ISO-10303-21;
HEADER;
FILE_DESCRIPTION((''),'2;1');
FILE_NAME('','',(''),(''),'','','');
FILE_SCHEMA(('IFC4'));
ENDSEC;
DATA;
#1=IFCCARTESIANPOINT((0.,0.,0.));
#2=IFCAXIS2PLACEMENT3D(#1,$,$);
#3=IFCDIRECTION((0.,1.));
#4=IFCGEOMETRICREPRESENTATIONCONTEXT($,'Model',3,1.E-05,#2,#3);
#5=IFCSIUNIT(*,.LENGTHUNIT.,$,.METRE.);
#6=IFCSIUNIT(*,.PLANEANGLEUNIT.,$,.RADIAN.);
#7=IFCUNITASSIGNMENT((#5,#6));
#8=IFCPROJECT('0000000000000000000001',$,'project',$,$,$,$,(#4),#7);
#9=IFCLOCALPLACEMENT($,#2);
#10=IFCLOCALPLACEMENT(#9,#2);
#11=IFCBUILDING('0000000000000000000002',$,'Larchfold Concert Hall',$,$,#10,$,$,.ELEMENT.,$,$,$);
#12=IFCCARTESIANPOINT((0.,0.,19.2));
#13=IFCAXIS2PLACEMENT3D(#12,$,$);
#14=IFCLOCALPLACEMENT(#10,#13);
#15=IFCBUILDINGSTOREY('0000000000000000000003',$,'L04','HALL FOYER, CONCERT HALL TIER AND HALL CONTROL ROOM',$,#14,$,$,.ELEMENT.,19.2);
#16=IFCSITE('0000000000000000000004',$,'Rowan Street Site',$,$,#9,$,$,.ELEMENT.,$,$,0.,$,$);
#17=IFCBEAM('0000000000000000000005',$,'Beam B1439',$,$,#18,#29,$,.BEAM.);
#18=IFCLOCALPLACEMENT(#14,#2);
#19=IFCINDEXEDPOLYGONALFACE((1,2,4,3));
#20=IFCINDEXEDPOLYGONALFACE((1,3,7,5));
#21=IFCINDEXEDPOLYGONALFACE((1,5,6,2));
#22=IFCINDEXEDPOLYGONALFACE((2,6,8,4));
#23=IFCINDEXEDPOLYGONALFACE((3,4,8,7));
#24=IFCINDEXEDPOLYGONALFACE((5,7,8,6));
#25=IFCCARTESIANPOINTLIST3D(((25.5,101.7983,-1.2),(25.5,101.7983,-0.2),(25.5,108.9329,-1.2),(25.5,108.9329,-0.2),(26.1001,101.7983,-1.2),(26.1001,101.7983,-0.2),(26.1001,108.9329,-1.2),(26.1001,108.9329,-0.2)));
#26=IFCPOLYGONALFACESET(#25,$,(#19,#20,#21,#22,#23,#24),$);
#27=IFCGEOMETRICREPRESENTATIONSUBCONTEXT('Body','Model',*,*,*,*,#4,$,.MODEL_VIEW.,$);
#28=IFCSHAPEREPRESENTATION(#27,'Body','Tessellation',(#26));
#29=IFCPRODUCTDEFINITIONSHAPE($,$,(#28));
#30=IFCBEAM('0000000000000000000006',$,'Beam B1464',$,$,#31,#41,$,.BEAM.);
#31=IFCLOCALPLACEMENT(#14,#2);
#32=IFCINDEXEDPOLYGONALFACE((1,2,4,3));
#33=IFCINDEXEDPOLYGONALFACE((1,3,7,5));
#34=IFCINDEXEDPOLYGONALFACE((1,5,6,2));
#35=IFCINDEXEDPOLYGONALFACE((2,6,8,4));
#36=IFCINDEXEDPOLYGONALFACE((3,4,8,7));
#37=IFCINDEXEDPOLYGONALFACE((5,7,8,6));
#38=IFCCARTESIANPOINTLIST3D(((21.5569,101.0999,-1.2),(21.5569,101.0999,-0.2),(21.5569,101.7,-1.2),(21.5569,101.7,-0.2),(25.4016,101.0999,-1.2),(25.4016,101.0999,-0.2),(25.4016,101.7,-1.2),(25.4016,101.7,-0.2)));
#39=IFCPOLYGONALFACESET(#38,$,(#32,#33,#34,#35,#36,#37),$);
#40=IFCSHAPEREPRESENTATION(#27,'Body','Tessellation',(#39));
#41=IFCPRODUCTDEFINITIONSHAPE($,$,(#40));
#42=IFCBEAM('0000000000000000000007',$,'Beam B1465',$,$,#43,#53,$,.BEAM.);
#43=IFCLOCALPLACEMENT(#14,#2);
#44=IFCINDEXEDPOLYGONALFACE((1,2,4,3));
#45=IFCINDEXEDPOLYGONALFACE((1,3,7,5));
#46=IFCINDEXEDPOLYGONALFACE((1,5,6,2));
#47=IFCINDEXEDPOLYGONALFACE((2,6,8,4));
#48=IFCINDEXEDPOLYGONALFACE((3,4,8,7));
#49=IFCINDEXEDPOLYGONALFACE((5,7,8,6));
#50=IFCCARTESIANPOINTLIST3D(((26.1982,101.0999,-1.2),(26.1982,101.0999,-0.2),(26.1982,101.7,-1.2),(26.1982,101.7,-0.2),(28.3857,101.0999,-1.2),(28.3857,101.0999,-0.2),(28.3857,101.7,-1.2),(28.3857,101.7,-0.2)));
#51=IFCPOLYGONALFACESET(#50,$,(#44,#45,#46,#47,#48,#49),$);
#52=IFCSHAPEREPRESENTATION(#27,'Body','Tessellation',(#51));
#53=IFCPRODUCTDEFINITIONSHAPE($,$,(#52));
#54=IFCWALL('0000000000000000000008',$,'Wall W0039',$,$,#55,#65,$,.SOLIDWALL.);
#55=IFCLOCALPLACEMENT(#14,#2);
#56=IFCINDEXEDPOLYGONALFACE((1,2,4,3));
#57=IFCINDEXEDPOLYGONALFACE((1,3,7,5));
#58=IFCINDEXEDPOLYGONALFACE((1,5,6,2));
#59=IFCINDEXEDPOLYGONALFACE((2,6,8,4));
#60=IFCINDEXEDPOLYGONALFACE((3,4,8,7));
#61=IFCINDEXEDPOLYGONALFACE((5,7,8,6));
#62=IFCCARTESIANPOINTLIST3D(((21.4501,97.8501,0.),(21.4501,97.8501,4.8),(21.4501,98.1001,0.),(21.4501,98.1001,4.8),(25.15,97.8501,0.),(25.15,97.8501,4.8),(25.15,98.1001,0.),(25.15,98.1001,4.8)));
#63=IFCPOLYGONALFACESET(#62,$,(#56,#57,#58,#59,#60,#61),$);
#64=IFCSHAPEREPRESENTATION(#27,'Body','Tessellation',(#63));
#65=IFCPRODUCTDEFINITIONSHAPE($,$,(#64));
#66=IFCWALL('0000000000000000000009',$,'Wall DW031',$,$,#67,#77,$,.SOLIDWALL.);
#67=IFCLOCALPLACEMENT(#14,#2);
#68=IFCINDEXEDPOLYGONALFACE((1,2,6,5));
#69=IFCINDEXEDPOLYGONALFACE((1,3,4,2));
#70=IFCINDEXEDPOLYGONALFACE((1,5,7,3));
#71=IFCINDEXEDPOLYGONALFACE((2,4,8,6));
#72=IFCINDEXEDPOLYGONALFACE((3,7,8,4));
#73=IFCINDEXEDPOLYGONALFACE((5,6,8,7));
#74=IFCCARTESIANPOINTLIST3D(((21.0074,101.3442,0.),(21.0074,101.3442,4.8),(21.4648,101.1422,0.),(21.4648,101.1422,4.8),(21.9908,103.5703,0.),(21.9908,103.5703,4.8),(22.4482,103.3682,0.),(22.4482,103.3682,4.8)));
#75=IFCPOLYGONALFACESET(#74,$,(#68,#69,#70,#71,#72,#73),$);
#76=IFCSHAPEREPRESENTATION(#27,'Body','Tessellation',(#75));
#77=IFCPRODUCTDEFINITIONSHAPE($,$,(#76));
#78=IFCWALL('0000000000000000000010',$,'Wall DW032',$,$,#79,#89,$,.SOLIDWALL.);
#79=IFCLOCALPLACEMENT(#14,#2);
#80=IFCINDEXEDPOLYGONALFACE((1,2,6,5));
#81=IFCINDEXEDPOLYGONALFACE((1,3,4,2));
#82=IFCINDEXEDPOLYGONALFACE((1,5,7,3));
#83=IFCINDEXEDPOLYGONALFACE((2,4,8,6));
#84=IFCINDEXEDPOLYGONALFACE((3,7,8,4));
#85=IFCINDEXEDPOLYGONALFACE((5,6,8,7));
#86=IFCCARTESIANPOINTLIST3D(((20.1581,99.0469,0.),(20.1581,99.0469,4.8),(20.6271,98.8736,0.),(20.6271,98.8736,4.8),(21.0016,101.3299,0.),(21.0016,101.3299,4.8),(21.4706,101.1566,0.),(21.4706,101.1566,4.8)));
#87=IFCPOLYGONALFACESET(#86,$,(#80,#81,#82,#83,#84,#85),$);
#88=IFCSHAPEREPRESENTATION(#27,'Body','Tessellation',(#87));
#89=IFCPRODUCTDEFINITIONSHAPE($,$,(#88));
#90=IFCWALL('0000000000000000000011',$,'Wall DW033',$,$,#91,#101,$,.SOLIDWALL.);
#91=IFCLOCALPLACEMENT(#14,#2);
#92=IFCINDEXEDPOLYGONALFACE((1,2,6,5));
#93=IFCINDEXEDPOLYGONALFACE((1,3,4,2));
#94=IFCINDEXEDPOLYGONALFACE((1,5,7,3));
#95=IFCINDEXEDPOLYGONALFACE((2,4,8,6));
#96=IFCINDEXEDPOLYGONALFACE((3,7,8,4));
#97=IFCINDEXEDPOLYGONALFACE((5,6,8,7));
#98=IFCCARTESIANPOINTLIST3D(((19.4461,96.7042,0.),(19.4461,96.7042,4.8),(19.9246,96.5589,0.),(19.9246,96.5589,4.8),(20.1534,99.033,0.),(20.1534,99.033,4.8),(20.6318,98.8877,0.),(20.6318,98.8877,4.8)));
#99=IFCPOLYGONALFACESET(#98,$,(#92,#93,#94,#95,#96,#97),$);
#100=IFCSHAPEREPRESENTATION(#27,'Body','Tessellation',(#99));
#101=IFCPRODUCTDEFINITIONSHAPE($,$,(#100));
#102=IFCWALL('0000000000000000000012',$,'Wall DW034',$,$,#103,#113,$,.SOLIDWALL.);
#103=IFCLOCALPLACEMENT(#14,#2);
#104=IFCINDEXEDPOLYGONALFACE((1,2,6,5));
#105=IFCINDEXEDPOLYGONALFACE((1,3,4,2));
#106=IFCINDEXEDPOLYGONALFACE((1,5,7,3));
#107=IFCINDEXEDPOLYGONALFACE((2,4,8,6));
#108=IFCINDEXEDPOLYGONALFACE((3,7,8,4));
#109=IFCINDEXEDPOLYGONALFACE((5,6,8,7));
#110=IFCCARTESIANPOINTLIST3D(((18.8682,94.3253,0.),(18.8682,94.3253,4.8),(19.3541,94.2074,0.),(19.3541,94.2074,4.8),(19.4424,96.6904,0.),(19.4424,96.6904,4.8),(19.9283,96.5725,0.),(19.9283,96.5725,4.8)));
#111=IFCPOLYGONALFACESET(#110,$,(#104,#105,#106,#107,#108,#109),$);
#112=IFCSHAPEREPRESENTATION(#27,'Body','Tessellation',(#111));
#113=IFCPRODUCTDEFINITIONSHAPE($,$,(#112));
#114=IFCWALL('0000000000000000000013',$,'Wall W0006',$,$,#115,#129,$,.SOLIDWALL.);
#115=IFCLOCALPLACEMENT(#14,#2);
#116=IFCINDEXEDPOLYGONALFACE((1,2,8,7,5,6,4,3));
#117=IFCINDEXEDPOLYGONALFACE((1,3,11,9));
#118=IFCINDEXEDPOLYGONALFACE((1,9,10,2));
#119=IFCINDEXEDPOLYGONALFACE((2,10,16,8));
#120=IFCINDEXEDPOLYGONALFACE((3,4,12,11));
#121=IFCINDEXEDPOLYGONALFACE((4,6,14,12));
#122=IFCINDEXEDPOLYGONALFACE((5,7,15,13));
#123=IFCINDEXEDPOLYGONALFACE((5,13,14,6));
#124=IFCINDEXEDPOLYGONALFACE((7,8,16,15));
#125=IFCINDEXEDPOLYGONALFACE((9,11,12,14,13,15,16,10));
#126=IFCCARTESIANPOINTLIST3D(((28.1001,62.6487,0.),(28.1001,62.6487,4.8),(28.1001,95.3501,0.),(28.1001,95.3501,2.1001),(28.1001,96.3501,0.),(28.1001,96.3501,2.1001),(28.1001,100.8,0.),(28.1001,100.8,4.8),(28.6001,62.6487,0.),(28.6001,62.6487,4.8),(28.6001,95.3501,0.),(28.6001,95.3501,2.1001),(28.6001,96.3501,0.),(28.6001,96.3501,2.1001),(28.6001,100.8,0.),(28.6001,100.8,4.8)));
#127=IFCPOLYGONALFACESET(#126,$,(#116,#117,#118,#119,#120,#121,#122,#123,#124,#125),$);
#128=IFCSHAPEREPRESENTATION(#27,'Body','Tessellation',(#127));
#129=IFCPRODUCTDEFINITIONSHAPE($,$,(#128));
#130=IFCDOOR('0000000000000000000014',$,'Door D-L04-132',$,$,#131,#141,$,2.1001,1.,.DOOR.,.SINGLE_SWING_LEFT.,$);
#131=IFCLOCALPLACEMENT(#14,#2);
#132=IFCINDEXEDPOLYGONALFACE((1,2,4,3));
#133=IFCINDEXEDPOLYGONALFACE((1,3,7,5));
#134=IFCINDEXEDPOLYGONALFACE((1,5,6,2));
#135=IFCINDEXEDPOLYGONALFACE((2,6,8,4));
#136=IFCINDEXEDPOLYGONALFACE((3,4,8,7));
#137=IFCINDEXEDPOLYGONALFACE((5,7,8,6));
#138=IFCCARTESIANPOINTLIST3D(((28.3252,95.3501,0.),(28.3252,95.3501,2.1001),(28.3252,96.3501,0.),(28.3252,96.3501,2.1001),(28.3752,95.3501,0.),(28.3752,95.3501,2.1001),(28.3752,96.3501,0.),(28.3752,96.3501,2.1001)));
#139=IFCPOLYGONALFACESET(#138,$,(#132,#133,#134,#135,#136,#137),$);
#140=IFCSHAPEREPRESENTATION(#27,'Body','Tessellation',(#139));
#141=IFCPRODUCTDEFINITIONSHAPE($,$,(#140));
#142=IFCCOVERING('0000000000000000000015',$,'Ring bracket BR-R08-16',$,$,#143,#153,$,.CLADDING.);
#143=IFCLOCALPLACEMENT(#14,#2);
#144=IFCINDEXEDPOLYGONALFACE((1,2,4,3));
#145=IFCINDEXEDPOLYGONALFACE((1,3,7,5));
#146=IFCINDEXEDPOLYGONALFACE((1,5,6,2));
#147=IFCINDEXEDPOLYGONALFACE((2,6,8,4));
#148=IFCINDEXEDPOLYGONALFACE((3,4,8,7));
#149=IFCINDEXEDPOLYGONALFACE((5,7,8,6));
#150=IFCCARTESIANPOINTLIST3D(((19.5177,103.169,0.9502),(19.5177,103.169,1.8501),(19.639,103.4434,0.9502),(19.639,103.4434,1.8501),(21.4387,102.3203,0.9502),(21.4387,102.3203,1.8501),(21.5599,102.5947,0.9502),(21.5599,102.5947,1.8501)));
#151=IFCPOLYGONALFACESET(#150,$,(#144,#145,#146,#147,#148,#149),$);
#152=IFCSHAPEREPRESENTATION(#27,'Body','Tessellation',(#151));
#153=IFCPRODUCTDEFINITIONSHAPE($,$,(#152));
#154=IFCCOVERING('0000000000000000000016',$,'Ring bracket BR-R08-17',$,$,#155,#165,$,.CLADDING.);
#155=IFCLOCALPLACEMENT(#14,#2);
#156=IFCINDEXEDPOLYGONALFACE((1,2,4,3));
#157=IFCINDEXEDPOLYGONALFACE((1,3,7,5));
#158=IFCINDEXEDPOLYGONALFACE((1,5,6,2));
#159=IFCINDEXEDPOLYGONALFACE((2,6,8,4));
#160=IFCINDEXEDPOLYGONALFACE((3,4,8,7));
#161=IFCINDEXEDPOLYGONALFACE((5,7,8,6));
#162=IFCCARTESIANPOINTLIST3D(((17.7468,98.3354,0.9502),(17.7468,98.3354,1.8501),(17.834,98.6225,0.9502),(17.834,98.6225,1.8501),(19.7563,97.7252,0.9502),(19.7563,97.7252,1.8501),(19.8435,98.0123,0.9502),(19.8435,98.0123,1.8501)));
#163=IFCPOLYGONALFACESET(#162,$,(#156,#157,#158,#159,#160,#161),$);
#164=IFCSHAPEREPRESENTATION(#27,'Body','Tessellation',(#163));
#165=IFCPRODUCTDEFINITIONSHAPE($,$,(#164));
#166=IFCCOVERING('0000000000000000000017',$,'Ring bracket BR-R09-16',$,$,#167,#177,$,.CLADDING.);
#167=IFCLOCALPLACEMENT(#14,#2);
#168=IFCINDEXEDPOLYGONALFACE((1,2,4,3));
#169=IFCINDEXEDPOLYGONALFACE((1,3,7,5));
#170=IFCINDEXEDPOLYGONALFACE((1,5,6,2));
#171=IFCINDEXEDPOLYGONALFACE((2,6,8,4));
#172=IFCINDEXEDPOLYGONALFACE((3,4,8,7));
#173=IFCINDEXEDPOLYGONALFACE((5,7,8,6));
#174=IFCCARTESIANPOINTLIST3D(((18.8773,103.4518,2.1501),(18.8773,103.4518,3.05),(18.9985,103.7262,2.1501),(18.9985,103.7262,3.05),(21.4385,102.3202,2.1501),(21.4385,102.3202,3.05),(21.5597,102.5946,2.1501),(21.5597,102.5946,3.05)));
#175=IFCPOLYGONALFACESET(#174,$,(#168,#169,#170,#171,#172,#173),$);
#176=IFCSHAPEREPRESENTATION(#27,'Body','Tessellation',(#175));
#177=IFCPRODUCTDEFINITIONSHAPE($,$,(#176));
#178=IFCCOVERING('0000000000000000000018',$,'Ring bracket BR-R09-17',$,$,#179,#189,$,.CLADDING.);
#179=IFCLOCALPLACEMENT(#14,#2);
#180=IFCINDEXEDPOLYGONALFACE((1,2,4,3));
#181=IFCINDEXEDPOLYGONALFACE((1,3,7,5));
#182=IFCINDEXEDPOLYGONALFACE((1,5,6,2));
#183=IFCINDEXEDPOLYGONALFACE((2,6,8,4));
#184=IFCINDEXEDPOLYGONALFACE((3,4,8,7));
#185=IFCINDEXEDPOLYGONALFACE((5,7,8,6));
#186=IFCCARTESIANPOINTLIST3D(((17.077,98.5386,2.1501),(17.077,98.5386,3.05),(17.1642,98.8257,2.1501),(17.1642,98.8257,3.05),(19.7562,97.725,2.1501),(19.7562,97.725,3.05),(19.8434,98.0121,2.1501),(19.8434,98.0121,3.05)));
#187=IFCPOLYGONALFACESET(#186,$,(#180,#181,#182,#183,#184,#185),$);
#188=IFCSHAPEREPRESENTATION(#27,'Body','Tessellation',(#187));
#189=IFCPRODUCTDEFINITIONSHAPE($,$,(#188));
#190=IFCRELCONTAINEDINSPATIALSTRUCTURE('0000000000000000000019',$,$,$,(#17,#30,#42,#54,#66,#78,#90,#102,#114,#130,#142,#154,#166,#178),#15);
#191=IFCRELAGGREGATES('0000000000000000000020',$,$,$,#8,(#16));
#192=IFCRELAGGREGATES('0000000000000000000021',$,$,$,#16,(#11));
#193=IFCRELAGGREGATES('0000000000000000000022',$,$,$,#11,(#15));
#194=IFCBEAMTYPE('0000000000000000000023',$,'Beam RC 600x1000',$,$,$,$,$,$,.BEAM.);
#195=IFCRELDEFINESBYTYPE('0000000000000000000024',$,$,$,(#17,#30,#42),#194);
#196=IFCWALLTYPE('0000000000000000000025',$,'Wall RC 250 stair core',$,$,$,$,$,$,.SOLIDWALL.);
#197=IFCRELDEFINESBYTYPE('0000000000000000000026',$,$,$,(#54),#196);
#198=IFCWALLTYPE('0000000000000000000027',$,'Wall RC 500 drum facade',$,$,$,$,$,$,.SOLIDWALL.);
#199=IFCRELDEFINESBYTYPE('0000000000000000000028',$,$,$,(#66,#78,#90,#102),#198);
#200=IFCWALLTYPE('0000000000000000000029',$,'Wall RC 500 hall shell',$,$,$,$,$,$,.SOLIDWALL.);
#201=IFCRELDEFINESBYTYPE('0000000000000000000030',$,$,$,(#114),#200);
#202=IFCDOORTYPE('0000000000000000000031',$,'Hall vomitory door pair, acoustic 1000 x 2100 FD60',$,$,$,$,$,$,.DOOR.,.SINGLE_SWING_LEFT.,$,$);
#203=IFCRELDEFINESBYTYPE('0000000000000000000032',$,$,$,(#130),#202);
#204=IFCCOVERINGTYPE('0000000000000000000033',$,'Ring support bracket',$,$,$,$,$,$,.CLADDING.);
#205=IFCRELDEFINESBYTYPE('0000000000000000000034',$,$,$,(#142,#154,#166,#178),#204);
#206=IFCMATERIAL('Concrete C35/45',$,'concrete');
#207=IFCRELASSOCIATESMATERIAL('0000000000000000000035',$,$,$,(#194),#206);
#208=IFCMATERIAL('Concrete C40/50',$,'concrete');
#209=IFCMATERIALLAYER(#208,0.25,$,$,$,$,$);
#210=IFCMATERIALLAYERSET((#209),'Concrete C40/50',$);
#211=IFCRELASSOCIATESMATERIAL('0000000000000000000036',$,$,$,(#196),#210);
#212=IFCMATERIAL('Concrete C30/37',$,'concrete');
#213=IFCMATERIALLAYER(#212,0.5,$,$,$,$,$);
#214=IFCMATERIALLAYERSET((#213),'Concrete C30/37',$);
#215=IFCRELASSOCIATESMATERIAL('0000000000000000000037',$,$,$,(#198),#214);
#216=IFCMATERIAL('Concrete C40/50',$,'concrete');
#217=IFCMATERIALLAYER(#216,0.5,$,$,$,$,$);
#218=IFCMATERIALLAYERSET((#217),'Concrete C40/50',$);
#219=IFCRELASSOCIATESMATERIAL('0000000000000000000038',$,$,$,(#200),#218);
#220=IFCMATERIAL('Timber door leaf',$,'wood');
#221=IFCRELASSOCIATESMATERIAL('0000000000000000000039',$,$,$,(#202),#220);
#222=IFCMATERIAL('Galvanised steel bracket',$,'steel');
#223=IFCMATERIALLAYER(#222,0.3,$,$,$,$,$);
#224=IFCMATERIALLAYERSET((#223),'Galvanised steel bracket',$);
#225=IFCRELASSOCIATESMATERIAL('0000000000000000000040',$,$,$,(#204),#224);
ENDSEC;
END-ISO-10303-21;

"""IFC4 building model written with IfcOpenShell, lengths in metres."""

from ifc_helpers import new_model, si_unit, direction, frame, frame_2d, origin, origin_2d, place, context, subcontext, project, spatial, rectangle, extrude, material, layer, layer_set, material_profile, profile_set, type_object, element, fill, save


model = new_model("IFC4")

# Units and contexts
model_context = context("Model", 3, precision=1e-05, world=origin(), true_north=direction((0.0, 1.0)))
body_context = subcontext(model_context, "Body", "Model", "MODEL_VIEW")
ifc_project = project(units=[si_unit("LENGTHUNIT", "METRE"), si_unit("PLANEANGLEUNIT", "RADIAN")], contexts=[model_context])

# Site, building, storey
site_placement = place(None, origin())
site = spatial("IfcSite", under=ifc_project, at=site_placement, Name="Rowan Street Site", CompositionType="ELEMENT", RefElevation=0.0)
building_placement = place(site_placement, origin())
building = spatial("IfcBuilding", under=site, at=building_placement, Name="Larchfold Concert Hall", CompositionType="ELEMENT")
storey_placement = place(building_placement, frame((0.0, 0.0, 19.2)))
storey = spatial("IfcBuildingStorey", under=building, at=storey_placement, Name="L04", Description="HALL FOYER, CONCERT HALL TIER AND HALL CONTROL ROOM", CompositionType="ELEMENT", Elevation=19.2)

# Beams
ifc_material_1 = material(Name="Concrete C35/45", Category="concrete")
ifc_material_profile_1 = material_profile(ifc_material_1, rectangle(XDim=0.6001, YDim=1.0, at=origin_2d()))
ifc_profile_set_1 = profile_set([ifc_material_profile_1], Name="Concrete C35/45")
beam_type_1 = type_object("IfcBeamType", Name="Beam RC 600x1000", PredefinedType="BEAM", material=ifc_profile_set_1)
beam_1_placement = place(storey_placement, frame((25.8, 101.7983, -0.7), z_axis=(0.0, 1.0, 0.0), x_axis=(-1.0, 0.0, 0.0)))
element("IfcBeam", 1, at=beam_1_placement, inside=storey, type_object=beam_type_1, Name="Beam B1439", PredefinedType="BEAM", context=body_context, shape_type="SweptSolid", body=[
    extrude(rectangle(XDim=0.6001, YDim=1.0, at=origin_2d()), origin(), (0.0, 0.0, 1.0), 7.1345),
])
beam_2_placement = place(storey_placement, frame((21.5569, 101.3999, -0.7), z_axis=(1.0, 0.0, 0.0), x_axis=(0.0, 1.0, 0.0)))
element("IfcBeam", 2, at=beam_2_placement, inside=storey, type_object=beam_type_1, Name="Beam B1464", PredefinedType="BEAM", context=body_context, shape_type="SweptSolid", body=[
    extrude(rectangle(XDim=0.6001, YDim=1.0, at=origin_2d()), origin(), (0.0, 0.0, 1.0), 3.8447),
])
beam_3_placement = place(storey_placement, frame((26.1982, 101.3999, -0.7), z_axis=(1.0, 0.0, 0.0), x_axis=(0.0, 1.0, 0.0)))
element("IfcBeam", 3, at=beam_3_placement, inside=storey, type_object=beam_type_1, Name="Beam B1465", PredefinedType="BEAM", context=body_context, shape_type="SweptSolid", body=[
    extrude(rectangle(XDim=0.6001, YDim=1.0, at=origin_2d()), origin(), (0.0, 0.0, 1.0), 2.1875),
])

# Walls
ifc_material_2 = material(Name="Concrete C40/50", Category="concrete")
ifc_layer_1 = layer(ifc_material_2, 0.25)
ifc_layer_set_1 = layer_set([ifc_layer_1], Name="Concrete C40/50")
wall_type_1 = type_object("IfcWallType", Name="Wall RC 250 stair core", PredefinedType="SOLIDWALL", material=ifc_layer_set_1)
wall_1_placement = place(storey_placement, frame((21.45, 97.9751, 0.0), z_axis=(0.0, 0.0, 1.0), x_axis=(1.0, 0.0, 0.0)))
element("IfcWall", 4, at=wall_1_placement, inside=storey, type_object=wall_type_1, Name="Wall W0039", PredefinedType="SOLIDWALL", context=body_context, shape_type="SweptSolid", body=[
    extrude(rectangle(XDim=3.7, YDim=0.25, at=frame_2d((1.8501, 0.0))), origin(), (0.0, 0.0, 1.0), 4.8),
])
ifc_material_3 = material(Name="Concrete C30/37", Category="concrete")
ifc_layer_2 = layer(ifc_material_3, 0.5)
ifc_layer_set_2 = layer_set([ifc_layer_2], Name="Concrete C30/37")
wall_type_2 = type_object("IfcWallType", Name="Wall RC 500 drum facade", PredefinedType="SOLIDWALL", material=ifc_layer_set_2)
wall_2_placement = place(storey_placement, frame((22.2195, 103.4692, 0.0), z_axis=(0.0, 0.0, 1.0), x_axis=(-0.40409, -0.914719, 0.0)))
element("IfcWall", 5, at=wall_2_placement, inside=storey, type_object=wall_type_2, Name="Wall DW031", PredefinedType="SOLIDWALL", context=body_context, shape_type="SweptSolid", body=[
    extrude(rectangle(XDim=2.4336, YDim=0.5, at=frame_2d((1.2168, 0.0))), origin(), (0.0, 0.0, 1.0), 4.8),
])
for number, where, z_axis, x_axis, name in (
    (6, (21.2361, 101.2432, 0.0), (0.0, 0.0, 1.0), (-0.346579, -0.938021, 0.0), "Wall DW032"),
    (7, (20.3926, 98.9602, 0.0), (0.0, 0.0, 1.0), (-0.290595, -0.956846, 0.0), "Wall DW033"),
    (8, (19.6853, 96.6313, 0.0), (0.0, 0.0, 1.0), (-0.235922, -0.971772, 0.0), "Wall DW034"),
):
    element("IfcWall", number, at=place(storey_placement, frame(where, z_axis=z_axis, x_axis=x_axis)), inside=storey, type_object=wall_type_2, Name=name, PredefinedType="SOLIDWALL", context=body_context, shape_type="SweptSolid", body=[
        extrude(rectangle(XDim=2.4338, YDim=0.5, at=frame_2d((1.2168, 0.0))), origin(), (0.0, 0.0, 1.0), 4.8),
    ])

# Wall, opening, door
ifc_material_4 = material(Name="Concrete C40/50", Category="concrete")
ifc_layer_3 = layer(ifc_material_4, 0.5)
ifc_layer_set_3 = layer_set([ifc_layer_3], Name="Concrete C40/50")
wall_type_3 = type_object("IfcWallType", Name="Wall RC 500 hall shell", PredefinedType="SOLIDWALL", material=ifc_layer_set_3)
wall_3_placement = place(storey_placement, frame((28.3501, 100.8, 0.0), z_axis=(0.0, 0.0, 1.0), x_axis=(0.0, -1.0, 0.0)))
wall_3 = element("IfcWall", 9, at=wall_3_placement, inside=storey, type_object=wall_type_3, Name="Wall W0006", PredefinedType="SOLIDWALL", context=body_context, shape_type="SweptSolid", body=[
    extrude(rectangle(XDim=38.1514, YDim=0.5, at=frame_2d((19.0757, 0.0))), origin(), (0.0, 0.0, 1.0), 4.8),
])
opening_placement = place(wall_3_placement, frame((5.45, 0.0, 0.0), z_axis=(0.0, 0.0, 1.0), x_axis=(-1.0, 0.0, 0.0)))
opening = element("IfcOpeningElement", 10, at=opening_placement, cuts=wall_3, PredefinedType="OPENING", context=body_context, shape_type="SweptSolid", body=[
    extrude(rectangle(XDim=1.0, YDim=2.1001, at=frame_2d((0.5, 1.05))), frame((0.0, 0.26, 0.0), z_axis=(0.0, -1.0, 0.0), x_axis=(1.0, 0.0, 0.0)), (0.0, 0.0, 1.0), 0.52),
])
ifc_material_5 = material(Name="Timber door leaf", Category="wood")
door_type = type_object("IfcDoorType", Name="Hall vomitory door pair, acoustic 1000 x 2100 FD60", OperationType="SINGLE_SWING_LEFT", PredefinedType="DOOR", material=ifc_material_5)
door_placement = place(opening_placement, origin())
door = element("IfcDoor", 11, at=door_placement, inside=storey, type_object=door_type, Name="Door D-L04-132", OperationType="SINGLE_SWING_LEFT", OverallHeight=2.1001, OverallWidth=1.0, PredefinedType="DOOR", context=body_context, shape_type="SweptSolid", body=[
    extrude(rectangle(XDim=1.0, YDim=2.1001, at=frame_2d((0.5, 1.05))), frame((0.0, 0.0249, 0.0), z_axis=(0.0, -1.0, 0.0), x_axis=(1.0, 0.0, 0.0)), (0.0, 0.0, 1.0), 0.05),
])
fill(opening, door)

# Coverings
ifc_material_6 = material(Name="Galvanised steel bracket", Category="steel")
ifc_layer_4 = layer(ifc_material_6, 0.3)
ifc_layer_set_4 = layer_set([ifc_layer_4], Name="Galvanised steel bracket")
covering_type = type_object("IfcCoveringType", Name="Ring support bracket", PredefinedType="CLADDING", material=ifc_layer_set_4)
for number, where, z_axis, x_axis, name in (
    (12, (20.5388, 102.8818, 0.9502), (0.0, 0.0, 1.0), (-0.914701, 0.404131, 0.0), "Ring bracket BR-R08-16"),
    (13, (18.7952, 98.1738, 0.9502), (0.0, 0.0, 1.0), (-0.956855, 0.290566, 0.0), "Ring bracket BR-R08-17"),
):
    element("IfcCovering", number, at=place(storey_placement, frame(where, z_axis=z_axis, x_axis=x_axis)), inside=storey, type_object=covering_type, Name=name, PredefinedType="CLADDING", context=body_context, shape_type="SweptSolid", body=[
        extrude(rectangle(XDim=2.1001, YDim=0.3, at=origin_2d()), origin(), (0.0, 0.0, 1.0), 0.8999),
    ])
for number, where, z_axis, x_axis, name in (
    (14, (20.2185, 103.0232, 2.1501), (0.0, 0.0, 1.0), (-0.914701, 0.404131, 0.0), "Ring bracket BR-R09-16"),
    (15, (18.4602, 98.2754, 2.1501), (0.0, 0.0, 1.0), (-0.956855, 0.290566, 0.0), "Ring bracket BR-R09-17"),
):
    element("IfcCovering", number, at=place(storey_placement, frame(where, z_axis=z_axis, x_axis=x_axis)), inside=storey, type_object=covering_type, Name=name, PredefinedType="CLADDING", context=body_context, shape_type="SweptSolid", body=[
        extrude(rectangle(XDim=2.8, YDim=0.3, at=origin_2d()), origin(), (0.0, 0.0, 1.0), 0.8999),
    ])

save(model, "model.ifc")
